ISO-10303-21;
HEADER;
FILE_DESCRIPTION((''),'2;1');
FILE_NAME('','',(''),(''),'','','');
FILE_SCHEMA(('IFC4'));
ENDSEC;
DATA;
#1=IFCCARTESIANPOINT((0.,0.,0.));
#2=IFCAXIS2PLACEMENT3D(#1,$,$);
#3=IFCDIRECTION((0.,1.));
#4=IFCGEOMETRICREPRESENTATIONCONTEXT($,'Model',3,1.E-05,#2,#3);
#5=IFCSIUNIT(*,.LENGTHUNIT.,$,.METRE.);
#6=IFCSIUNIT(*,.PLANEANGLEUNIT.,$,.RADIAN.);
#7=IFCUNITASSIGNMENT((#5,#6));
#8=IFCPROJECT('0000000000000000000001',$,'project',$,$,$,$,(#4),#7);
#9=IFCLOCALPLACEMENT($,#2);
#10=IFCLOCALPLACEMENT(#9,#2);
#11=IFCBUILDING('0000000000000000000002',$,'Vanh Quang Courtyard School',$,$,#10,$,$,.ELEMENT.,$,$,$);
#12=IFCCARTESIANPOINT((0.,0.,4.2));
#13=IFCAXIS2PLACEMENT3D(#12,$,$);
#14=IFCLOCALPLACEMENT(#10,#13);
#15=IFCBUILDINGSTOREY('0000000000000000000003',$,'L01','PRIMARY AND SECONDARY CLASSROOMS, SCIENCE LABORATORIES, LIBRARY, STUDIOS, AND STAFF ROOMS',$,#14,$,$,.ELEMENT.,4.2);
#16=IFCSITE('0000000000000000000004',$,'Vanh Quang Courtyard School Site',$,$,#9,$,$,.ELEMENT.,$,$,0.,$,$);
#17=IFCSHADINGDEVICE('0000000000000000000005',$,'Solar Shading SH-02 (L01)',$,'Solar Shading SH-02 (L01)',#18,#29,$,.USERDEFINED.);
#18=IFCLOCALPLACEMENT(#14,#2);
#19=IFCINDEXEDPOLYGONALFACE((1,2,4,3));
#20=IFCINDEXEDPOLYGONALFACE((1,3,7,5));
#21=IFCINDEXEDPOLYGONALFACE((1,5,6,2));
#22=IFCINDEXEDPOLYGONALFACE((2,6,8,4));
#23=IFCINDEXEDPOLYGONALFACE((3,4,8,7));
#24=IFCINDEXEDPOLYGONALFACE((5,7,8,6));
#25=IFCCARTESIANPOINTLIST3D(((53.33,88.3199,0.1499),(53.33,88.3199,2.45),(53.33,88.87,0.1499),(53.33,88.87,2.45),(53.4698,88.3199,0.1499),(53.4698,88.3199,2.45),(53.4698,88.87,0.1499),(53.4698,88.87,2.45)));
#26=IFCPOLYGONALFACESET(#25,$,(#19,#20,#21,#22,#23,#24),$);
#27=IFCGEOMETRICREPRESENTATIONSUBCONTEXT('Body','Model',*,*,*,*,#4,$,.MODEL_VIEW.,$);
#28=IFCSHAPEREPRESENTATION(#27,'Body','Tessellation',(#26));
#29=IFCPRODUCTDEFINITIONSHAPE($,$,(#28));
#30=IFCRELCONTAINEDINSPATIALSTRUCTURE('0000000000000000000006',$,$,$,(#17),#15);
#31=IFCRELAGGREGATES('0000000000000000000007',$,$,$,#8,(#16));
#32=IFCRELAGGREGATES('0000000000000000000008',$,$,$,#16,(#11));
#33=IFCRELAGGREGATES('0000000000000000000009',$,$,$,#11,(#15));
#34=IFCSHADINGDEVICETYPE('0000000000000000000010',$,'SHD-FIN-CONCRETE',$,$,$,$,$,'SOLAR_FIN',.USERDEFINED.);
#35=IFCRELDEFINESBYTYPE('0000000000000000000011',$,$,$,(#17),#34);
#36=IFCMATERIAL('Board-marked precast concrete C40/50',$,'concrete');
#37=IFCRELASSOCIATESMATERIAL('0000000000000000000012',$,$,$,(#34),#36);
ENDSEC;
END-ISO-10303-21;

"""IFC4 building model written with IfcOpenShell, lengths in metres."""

from ifc_helpers import new_model, si_unit, direction, frame, origin, origin_2d, place, context, subcontext, project, spatial, rectangle, extrude, material, type_object, element, save


model = new_model("IFC4")

# Units and contexts
model_context = context("Model", 3, precision=1e-05, world=origin(), true_north=direction((0.0, 1.0)))
body_context = subcontext(model_context, "Body", "Model", "MODEL_VIEW")
ifc_project = project(units=[si_unit("LENGTHUNIT", "METRE"), si_unit("PLANEANGLEUNIT", "RADIAN")], contexts=[model_context])

# Site, building, storey
site_placement = place(None, origin())
site = spatial("IfcSite", under=ifc_project, at=site_placement, Name="Vanh Quang Courtyard School Site", CompositionType="ELEMENT", RefElevation=0.0)
building_placement = place(site_placement, origin())
building = spatial("IfcBuilding", under=site, at=building_placement, Name="Vanh Quang Courtyard School", CompositionType="ELEMENT")
storey_placement = place(building_placement, frame((0.0, 0.0, 4.2)))
storey = spatial("IfcBuildingStorey", under=building, at=storey_placement, Name="L01", Description="PRIMARY AND SECONDARY CLASSROOMS, SCIENCE LABORATORIES, LIBRARY, STUDIOS, AND STAFF ROOMS", CompositionType="ELEMENT", Elevation=4.2)

# Shared definitions
ifc_material_1 = material(Name="Board-marked precast concrete C40/50", Category="concrete")

# Shading device
shading_device_type = type_object("IfcShadingDeviceType", Name="SHD-FIN-CONCRETE", ElementType="SOLAR_FIN", PredefinedType="USERDEFINED", material=ifc_material_1)
shading_device_placement = place(storey_placement, frame((53.3999, 88.595, 0.1499), z_axis=(0.0, 0.0, 1.0), x_axis=(1.0, 0.0, 0.0)))
element("IfcShadingDevice", 1, at=shading_device_placement, inside=storey, type_object=shading_device_type, Name="Solar Shading SH-02 (L01)", ObjectType="Solar Shading SH-02 (L01)", PredefinedType="USERDEFINED", context=body_context, shape_type="SweptSolid", body=[
    extrude(rectangle(XDim=0.1399, YDim=0.55, at=origin_2d()), origin(), (0.0, 0.0, 1.0), 2.3),
])

save(model, "model.ifc")
